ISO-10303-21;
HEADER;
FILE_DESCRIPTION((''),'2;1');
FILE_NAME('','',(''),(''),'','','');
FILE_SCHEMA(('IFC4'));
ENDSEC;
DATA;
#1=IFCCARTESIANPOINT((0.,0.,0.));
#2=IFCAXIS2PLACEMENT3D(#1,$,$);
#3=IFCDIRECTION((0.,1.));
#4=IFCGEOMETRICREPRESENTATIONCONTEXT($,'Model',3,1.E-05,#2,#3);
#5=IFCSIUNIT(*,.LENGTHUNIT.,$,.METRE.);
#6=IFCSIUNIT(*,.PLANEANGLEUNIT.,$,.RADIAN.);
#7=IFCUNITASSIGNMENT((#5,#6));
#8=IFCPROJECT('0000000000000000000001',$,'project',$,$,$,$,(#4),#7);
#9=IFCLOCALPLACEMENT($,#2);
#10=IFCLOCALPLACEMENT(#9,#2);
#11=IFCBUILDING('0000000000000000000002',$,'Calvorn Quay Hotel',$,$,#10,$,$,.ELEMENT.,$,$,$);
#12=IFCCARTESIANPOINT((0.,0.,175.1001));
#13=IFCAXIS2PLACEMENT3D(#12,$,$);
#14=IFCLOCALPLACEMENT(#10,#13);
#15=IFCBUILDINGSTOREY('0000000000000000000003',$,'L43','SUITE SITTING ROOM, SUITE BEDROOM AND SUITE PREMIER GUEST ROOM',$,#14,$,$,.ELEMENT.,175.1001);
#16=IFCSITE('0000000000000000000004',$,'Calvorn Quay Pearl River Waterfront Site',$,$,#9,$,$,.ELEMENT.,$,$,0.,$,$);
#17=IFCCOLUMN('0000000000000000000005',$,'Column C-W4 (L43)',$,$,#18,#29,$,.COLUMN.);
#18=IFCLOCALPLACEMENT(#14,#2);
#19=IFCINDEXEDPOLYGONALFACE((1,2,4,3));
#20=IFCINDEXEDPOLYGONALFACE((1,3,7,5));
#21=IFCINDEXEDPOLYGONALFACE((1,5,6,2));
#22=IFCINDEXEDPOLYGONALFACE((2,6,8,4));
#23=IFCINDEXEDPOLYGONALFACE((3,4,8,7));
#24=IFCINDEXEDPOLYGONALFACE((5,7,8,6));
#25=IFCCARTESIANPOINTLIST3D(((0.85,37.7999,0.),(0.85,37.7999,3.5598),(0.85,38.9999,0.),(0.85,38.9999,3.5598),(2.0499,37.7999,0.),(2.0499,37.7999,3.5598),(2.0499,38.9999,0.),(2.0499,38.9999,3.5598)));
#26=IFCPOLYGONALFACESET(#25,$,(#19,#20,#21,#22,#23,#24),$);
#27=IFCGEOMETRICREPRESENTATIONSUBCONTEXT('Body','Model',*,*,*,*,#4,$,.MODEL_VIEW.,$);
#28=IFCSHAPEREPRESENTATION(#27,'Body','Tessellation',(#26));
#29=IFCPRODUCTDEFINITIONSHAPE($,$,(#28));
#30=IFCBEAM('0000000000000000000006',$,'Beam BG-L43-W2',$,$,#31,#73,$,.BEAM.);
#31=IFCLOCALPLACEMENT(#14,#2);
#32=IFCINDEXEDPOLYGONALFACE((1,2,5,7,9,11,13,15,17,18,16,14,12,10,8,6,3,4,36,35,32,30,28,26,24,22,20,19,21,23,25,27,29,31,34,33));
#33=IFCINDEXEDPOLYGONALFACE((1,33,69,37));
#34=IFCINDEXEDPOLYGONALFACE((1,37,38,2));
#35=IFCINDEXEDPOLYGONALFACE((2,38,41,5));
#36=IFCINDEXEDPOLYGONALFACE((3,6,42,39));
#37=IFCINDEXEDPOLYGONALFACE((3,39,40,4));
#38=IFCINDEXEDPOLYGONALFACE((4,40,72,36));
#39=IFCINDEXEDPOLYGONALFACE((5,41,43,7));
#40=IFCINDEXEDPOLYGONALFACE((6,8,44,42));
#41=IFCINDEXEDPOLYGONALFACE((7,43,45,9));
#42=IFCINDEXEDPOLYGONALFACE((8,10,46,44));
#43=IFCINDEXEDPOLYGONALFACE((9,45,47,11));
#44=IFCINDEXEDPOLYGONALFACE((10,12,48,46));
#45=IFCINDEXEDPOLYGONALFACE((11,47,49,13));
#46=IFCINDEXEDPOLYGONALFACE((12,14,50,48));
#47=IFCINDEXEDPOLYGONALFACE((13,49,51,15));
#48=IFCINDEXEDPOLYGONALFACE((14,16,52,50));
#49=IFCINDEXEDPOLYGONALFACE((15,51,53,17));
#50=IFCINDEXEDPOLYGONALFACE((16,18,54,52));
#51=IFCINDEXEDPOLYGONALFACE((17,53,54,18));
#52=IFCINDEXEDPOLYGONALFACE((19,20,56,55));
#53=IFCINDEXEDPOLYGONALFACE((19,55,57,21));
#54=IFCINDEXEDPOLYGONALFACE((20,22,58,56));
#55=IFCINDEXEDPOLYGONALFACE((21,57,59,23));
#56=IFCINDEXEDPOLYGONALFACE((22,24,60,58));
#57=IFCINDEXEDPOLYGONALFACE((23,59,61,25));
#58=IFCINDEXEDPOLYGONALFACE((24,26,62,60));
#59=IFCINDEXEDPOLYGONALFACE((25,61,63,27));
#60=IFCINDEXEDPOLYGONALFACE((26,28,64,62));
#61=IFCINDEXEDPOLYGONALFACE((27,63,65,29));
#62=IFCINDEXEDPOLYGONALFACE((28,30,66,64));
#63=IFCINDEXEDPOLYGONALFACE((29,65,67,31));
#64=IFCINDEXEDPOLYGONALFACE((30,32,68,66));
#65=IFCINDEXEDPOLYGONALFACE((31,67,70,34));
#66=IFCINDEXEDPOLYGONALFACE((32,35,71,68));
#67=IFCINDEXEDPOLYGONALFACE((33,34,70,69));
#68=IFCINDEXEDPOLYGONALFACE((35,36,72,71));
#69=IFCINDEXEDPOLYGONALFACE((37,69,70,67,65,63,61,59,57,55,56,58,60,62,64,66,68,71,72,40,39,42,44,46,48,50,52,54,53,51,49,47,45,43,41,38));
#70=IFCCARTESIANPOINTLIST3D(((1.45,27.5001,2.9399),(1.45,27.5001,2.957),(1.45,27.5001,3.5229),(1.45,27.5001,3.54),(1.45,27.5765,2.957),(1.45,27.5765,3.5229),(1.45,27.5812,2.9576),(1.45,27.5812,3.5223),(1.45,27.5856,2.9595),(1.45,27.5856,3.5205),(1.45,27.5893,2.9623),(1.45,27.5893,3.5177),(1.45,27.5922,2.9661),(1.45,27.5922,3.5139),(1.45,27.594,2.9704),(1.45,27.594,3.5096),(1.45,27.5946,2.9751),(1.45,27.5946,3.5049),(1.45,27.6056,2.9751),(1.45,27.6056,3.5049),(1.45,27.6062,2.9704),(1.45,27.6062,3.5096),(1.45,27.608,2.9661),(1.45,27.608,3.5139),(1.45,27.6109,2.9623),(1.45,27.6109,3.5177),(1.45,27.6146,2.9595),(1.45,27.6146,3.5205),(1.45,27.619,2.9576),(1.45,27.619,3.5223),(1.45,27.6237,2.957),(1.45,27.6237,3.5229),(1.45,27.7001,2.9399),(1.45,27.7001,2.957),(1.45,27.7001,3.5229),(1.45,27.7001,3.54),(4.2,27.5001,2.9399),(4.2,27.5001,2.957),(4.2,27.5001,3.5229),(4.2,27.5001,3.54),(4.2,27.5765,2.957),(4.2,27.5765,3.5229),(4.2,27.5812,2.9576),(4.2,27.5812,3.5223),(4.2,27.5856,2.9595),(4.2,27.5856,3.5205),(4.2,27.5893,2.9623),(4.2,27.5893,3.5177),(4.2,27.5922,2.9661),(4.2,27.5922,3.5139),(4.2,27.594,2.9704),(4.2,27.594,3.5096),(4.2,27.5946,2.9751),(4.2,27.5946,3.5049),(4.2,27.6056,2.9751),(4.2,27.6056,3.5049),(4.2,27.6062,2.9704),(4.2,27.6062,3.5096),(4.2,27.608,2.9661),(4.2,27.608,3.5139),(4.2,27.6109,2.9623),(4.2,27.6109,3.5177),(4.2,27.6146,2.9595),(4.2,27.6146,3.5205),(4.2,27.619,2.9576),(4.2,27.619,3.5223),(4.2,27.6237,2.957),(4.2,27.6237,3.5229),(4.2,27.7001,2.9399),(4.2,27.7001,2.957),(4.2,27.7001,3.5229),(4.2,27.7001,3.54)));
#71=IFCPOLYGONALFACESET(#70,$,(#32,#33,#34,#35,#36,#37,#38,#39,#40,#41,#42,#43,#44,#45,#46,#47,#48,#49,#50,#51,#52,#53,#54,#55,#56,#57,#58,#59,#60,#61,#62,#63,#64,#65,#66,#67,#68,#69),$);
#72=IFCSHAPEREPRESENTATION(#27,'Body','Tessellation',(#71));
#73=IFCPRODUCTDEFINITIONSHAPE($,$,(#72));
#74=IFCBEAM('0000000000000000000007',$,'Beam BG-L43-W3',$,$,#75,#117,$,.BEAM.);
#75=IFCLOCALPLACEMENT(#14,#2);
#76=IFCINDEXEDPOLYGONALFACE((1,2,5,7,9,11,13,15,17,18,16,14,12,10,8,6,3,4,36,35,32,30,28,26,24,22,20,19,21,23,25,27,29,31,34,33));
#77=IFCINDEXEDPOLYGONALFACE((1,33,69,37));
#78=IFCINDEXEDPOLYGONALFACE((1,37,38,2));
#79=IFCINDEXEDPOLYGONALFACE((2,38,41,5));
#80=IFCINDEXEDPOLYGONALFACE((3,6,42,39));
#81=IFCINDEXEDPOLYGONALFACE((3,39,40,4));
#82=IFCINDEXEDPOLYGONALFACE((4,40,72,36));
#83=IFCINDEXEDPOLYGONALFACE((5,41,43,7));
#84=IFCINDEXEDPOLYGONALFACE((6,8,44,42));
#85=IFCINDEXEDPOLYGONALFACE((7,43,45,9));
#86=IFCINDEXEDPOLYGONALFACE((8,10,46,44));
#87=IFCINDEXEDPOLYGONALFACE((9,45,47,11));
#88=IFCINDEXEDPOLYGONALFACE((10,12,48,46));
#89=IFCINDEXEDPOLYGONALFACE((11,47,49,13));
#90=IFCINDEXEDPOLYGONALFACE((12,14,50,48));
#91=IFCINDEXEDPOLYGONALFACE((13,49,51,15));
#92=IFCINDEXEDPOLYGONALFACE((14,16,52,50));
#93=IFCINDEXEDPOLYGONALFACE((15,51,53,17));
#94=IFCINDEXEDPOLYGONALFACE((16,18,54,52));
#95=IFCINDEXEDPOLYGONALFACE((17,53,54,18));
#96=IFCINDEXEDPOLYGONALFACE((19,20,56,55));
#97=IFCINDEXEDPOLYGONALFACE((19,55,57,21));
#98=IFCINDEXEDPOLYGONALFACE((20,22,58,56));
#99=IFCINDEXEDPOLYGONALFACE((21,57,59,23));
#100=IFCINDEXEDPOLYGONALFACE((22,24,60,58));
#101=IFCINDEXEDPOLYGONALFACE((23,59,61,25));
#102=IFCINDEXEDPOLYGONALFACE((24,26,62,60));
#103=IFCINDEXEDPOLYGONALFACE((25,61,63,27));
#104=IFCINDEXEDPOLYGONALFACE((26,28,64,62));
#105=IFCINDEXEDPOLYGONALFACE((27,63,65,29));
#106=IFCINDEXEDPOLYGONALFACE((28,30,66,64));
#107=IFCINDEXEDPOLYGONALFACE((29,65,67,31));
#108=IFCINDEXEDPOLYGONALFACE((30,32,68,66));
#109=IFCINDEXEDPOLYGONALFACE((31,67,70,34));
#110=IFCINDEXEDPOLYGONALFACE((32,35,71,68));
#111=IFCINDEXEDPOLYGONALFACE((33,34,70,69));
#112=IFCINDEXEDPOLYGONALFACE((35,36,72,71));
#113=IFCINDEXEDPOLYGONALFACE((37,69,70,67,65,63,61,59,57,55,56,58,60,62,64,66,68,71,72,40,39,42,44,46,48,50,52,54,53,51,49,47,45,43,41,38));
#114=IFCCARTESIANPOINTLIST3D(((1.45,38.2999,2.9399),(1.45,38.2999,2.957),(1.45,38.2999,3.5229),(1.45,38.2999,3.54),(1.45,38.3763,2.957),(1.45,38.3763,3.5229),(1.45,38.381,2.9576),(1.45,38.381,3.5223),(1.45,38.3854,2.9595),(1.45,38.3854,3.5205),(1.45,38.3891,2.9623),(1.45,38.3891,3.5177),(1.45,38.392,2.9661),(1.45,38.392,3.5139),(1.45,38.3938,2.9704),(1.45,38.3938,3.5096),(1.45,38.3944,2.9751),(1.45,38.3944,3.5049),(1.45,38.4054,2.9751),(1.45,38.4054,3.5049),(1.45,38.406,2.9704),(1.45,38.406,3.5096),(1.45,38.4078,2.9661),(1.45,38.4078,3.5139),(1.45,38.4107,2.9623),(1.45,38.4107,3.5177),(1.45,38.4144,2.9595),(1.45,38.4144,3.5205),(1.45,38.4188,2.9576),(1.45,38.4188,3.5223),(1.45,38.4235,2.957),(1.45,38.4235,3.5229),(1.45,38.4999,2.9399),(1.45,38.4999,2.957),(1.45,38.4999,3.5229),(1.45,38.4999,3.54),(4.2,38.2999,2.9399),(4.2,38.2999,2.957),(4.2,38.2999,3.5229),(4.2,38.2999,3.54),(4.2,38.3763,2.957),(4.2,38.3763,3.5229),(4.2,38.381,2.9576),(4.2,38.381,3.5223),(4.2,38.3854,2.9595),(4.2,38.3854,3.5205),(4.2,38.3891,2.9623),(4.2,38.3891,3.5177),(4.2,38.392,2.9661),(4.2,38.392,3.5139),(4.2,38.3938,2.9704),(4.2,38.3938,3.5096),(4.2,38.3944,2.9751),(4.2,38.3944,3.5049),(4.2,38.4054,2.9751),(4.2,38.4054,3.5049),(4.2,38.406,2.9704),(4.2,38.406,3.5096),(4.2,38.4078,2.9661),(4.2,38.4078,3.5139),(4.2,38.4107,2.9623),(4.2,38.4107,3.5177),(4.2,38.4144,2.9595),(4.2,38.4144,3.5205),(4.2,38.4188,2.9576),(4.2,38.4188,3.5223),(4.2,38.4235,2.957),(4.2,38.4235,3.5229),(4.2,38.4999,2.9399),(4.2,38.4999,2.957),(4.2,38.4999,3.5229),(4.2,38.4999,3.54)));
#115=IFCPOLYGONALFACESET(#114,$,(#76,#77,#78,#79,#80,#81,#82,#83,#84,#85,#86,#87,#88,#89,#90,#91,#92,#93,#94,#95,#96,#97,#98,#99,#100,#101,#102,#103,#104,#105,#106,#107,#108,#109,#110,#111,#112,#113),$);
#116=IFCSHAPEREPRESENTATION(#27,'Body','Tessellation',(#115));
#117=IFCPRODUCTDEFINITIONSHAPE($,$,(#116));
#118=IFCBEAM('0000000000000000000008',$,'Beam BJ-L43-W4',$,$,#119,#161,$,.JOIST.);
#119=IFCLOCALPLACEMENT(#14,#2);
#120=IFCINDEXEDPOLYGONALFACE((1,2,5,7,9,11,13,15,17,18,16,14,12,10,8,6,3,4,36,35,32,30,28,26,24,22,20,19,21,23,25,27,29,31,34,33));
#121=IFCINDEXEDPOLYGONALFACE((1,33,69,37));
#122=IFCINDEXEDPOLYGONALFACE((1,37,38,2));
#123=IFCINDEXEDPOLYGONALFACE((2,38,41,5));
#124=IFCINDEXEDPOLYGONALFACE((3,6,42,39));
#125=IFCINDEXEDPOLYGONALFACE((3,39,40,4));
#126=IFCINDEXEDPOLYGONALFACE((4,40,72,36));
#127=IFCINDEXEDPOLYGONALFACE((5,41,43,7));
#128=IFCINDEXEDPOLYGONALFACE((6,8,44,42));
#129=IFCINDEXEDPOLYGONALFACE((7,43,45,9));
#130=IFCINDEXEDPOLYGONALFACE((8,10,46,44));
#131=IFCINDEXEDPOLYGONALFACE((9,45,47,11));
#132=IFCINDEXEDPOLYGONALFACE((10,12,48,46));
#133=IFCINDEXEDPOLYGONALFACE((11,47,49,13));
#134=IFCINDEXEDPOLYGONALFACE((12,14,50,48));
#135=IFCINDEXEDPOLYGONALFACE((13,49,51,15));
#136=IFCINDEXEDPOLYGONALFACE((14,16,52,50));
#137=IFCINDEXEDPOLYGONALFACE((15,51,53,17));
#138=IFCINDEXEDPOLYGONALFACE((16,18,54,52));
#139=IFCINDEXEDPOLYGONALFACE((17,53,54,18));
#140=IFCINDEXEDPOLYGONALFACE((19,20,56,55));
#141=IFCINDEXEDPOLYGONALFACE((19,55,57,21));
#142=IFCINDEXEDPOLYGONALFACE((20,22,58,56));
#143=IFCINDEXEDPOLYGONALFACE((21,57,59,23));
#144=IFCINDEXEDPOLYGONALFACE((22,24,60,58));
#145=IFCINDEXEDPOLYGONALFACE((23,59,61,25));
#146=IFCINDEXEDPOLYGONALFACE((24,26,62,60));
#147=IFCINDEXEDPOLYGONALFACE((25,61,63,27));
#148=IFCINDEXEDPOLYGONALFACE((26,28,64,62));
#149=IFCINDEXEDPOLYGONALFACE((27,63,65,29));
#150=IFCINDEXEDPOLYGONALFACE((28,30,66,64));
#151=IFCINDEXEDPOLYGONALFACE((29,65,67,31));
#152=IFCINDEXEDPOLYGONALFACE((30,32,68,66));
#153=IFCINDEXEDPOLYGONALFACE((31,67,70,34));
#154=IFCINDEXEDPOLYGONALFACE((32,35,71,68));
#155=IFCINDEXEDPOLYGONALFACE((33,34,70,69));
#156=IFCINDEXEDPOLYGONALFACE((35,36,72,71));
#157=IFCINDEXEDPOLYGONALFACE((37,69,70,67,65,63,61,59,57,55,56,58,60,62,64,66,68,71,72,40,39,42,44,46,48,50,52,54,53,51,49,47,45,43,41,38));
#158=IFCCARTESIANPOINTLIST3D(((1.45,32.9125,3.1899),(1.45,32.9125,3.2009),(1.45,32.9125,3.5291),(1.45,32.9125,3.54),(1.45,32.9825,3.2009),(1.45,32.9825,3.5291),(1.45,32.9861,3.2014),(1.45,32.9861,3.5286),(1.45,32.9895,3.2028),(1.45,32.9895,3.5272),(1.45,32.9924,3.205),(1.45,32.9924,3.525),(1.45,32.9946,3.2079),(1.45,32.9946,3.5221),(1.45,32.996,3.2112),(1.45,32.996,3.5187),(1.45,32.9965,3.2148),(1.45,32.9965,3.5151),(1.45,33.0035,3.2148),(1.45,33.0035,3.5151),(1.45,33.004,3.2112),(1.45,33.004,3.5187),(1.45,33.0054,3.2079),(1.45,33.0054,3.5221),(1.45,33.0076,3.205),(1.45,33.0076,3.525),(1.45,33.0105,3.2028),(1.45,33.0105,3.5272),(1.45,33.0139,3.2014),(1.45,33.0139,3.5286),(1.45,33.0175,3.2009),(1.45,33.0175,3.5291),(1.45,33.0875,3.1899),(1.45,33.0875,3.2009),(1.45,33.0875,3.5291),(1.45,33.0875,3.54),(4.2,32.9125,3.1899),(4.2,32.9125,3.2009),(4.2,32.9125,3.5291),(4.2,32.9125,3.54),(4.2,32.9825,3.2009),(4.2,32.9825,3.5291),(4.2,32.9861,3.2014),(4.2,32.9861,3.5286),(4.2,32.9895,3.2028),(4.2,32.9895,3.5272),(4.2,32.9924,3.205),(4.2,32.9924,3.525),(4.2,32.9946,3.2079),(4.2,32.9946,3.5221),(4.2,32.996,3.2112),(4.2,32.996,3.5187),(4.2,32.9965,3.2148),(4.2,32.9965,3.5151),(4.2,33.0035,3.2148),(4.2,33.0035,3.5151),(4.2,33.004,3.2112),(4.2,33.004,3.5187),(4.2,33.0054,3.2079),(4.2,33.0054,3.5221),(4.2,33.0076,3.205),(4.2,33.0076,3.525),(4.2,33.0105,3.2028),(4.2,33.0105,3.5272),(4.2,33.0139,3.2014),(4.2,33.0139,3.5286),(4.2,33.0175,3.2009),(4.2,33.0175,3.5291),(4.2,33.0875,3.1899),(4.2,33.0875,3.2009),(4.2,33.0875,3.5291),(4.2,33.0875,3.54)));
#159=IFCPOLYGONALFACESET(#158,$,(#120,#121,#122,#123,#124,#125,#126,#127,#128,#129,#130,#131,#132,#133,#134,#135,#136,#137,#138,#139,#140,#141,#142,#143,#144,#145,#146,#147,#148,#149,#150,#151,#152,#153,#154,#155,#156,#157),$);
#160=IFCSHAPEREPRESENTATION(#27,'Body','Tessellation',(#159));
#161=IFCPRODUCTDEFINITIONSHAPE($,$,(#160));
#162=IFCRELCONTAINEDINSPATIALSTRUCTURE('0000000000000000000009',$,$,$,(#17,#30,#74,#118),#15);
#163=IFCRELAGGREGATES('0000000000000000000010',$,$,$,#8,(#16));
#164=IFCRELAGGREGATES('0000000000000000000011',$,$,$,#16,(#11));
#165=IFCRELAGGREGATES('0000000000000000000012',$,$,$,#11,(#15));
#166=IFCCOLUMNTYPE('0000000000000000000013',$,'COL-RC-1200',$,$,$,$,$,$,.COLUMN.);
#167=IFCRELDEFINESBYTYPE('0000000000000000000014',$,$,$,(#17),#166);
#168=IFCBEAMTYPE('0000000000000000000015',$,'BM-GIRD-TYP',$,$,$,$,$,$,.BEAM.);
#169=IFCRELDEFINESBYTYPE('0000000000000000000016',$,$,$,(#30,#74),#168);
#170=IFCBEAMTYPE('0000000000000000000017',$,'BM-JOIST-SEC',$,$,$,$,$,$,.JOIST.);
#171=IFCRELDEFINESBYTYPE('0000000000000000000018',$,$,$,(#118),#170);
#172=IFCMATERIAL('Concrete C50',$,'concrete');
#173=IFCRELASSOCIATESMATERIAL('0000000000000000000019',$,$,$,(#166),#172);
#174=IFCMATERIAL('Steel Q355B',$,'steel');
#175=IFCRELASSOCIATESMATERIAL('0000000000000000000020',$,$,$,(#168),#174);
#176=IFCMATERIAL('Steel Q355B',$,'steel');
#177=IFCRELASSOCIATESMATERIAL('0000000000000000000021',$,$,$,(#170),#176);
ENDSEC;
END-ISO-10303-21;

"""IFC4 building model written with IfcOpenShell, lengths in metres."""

from ifc_helpers import new_model, si_unit, direction, frame, origin, origin_2d, place, context, subcontext, project, spatial, rectangle, i_section, extrude, material, material_profile, profile_set, type_object, element, save


model = new_model("IFC4")

# Units and contexts
model_context = context("Model", 3, precision=1e-05, world=origin(), true_north=direction((0.0, 1.0)))
body_context = subcontext(model_context, "Body", "Model", "MODEL_VIEW")
ifc_project = project(units=[si_unit("LENGTHUNIT", "METRE"), si_unit("PLANEANGLEUNIT", "RADIAN")], contexts=[model_context])

# Site, building, storey
site_placement = place(None, origin())
site = spatial("IfcSite", under=ifc_project, at=site_placement, Name="Calvorn Quay Pearl River Waterfront Site", CompositionType="ELEMENT", RefElevation=0.0)
building_placement = place(site_placement, origin())
building = spatial("IfcBuilding", under=site, at=building_placement, Name="Calvorn Quay Hotel", CompositionType="ELEMENT")
storey_placement = place(building_placement, frame((0.0, 0.0, 175.1001)))
storey = spatial("IfcBuildingStorey", under=building, at=storey_placement, Name="L43", Description="SUITE SITTING ROOM, SUITE BEDROOM AND SUITE PREMIER GUEST ROOM", CompositionType="ELEMENT", Elevation=175.1001)

# Column
ifc_material_1 = material(Name="Concrete C50", Category="concrete")
ifc_material_profile_1 = material_profile(ifc_material_1, rectangle(XDim=1.2, YDim=1.2, at=origin_2d()), Name="RC1200x1200")
ifc_profile_set_1 = profile_set([ifc_material_profile_1], Name="Concrete C50")
column_type = type_object("IfcColumnType", Name="COL-RC-1200", PredefinedType="COLUMN", material=ifc_profile_set_1)
column_placement = place(storey_placement, frame((1.45, 38.3999, 0.0), z_axis=(0.0, 0.0, 1.0), x_axis=(1.0, 0.0, 0.0)))
element("IfcColumn", 1, at=column_placement, inside=storey, type_object=column_type, Name="Column C-W4 (L43)", PredefinedType="COLUMN", context=body_context, shape_type="SweptSolid", body=[
    extrude(rectangle(XDim=1.2, YDim=1.2, at=origin_2d()), origin(), (0.0, 0.0, 1.0), 3.5598),
])

# Beams
ifc_material_2 = material(Name="Steel Q355B", Category="steel")
ifc_material_profile_2 = material_profile(ifc_material_2, i_section(OverallWidth=0.2, OverallDepth=0.6001, WebThickness=0.011, FlangeThickness=0.0171, FilletRadius=0.0181, at=origin_2d()), Name="HN600x200x11x17")
ifc_profile_set_2 = profile_set([ifc_material_profile_2], Name="Steel Q355B")
beam_type_1 = type_object("IfcBeamType", Name="BM-GIRD-TYP", PredefinedType="BEAM", material=ifc_profile_set_2)
for number, where, z_axis, x_axis, name in (
    (2, (1.45, 27.6001, 3.24), (1.0, 0.0, 0.0), (0.0, 1.0, 0.0), "Beam BG-L43-W2"),
    (3, (1.45, 38.3999, 3.24), (1.0, 0.0, 0.0), (0.0, 1.0, 0.0), "Beam BG-L43-W3"),
):
    element("IfcBeam", number, at=place(storey_placement, frame(where, z_axis=z_axis, x_axis=x_axis)), inside=storey, type_object=beam_type_1, Name=name, PredefinedType="BEAM", context=body_context, shape_type="SweptSolid", body=[
        extrude(i_section(OverallWidth=0.2, OverallDepth=0.6001, WebThickness=0.011, FlangeThickness=0.0171, FilletRadius=0.0181, at=origin_2d()), origin(), (0.0, 0.0, 1.0), 2.75),
    ])
ifc_material_3 = material(Name="Steel Q355B", Category="steel")
ifc_material_profile_3 = material_profile(ifc_material_3, i_section(OverallWidth=0.175, OverallDepth=0.3501, WebThickness=0.0071, FlangeThickness=0.011, FilletRadius=0.0139, at=origin_2d()), Name="HN350x175x7x11")
ifc_profile_set_3 = profile_set([ifc_material_profile_3], Name="Steel Q355B")
beam_type_2 = type_object("IfcBeamType", Name="BM-JOIST-SEC", PredefinedType="JOIST", material=ifc_profile_set_3)
beam_1_placement = place(storey_placement, frame((1.45, 33.0, 3.365), z_axis=(1.0, 0.0, 0.0), x_axis=(0.0, 1.0, 0.0)))
element("IfcBeam", 4, at=beam_1_placement, inside=storey, type_object=beam_type_2, Name="Beam BJ-L43-W4", PredefinedType="JOIST", context=body_context, shape_type="SweptSolid", body=[
    extrude(i_section(OverallWidth=0.175, OverallDepth=0.3501, WebThickness=0.0071, FlangeThickness=0.011, FilletRadius=0.0139, at=origin_2d()), origin(), (0.0, 0.0, 1.0), 2.75),
])

save(model, "model.ifc")
